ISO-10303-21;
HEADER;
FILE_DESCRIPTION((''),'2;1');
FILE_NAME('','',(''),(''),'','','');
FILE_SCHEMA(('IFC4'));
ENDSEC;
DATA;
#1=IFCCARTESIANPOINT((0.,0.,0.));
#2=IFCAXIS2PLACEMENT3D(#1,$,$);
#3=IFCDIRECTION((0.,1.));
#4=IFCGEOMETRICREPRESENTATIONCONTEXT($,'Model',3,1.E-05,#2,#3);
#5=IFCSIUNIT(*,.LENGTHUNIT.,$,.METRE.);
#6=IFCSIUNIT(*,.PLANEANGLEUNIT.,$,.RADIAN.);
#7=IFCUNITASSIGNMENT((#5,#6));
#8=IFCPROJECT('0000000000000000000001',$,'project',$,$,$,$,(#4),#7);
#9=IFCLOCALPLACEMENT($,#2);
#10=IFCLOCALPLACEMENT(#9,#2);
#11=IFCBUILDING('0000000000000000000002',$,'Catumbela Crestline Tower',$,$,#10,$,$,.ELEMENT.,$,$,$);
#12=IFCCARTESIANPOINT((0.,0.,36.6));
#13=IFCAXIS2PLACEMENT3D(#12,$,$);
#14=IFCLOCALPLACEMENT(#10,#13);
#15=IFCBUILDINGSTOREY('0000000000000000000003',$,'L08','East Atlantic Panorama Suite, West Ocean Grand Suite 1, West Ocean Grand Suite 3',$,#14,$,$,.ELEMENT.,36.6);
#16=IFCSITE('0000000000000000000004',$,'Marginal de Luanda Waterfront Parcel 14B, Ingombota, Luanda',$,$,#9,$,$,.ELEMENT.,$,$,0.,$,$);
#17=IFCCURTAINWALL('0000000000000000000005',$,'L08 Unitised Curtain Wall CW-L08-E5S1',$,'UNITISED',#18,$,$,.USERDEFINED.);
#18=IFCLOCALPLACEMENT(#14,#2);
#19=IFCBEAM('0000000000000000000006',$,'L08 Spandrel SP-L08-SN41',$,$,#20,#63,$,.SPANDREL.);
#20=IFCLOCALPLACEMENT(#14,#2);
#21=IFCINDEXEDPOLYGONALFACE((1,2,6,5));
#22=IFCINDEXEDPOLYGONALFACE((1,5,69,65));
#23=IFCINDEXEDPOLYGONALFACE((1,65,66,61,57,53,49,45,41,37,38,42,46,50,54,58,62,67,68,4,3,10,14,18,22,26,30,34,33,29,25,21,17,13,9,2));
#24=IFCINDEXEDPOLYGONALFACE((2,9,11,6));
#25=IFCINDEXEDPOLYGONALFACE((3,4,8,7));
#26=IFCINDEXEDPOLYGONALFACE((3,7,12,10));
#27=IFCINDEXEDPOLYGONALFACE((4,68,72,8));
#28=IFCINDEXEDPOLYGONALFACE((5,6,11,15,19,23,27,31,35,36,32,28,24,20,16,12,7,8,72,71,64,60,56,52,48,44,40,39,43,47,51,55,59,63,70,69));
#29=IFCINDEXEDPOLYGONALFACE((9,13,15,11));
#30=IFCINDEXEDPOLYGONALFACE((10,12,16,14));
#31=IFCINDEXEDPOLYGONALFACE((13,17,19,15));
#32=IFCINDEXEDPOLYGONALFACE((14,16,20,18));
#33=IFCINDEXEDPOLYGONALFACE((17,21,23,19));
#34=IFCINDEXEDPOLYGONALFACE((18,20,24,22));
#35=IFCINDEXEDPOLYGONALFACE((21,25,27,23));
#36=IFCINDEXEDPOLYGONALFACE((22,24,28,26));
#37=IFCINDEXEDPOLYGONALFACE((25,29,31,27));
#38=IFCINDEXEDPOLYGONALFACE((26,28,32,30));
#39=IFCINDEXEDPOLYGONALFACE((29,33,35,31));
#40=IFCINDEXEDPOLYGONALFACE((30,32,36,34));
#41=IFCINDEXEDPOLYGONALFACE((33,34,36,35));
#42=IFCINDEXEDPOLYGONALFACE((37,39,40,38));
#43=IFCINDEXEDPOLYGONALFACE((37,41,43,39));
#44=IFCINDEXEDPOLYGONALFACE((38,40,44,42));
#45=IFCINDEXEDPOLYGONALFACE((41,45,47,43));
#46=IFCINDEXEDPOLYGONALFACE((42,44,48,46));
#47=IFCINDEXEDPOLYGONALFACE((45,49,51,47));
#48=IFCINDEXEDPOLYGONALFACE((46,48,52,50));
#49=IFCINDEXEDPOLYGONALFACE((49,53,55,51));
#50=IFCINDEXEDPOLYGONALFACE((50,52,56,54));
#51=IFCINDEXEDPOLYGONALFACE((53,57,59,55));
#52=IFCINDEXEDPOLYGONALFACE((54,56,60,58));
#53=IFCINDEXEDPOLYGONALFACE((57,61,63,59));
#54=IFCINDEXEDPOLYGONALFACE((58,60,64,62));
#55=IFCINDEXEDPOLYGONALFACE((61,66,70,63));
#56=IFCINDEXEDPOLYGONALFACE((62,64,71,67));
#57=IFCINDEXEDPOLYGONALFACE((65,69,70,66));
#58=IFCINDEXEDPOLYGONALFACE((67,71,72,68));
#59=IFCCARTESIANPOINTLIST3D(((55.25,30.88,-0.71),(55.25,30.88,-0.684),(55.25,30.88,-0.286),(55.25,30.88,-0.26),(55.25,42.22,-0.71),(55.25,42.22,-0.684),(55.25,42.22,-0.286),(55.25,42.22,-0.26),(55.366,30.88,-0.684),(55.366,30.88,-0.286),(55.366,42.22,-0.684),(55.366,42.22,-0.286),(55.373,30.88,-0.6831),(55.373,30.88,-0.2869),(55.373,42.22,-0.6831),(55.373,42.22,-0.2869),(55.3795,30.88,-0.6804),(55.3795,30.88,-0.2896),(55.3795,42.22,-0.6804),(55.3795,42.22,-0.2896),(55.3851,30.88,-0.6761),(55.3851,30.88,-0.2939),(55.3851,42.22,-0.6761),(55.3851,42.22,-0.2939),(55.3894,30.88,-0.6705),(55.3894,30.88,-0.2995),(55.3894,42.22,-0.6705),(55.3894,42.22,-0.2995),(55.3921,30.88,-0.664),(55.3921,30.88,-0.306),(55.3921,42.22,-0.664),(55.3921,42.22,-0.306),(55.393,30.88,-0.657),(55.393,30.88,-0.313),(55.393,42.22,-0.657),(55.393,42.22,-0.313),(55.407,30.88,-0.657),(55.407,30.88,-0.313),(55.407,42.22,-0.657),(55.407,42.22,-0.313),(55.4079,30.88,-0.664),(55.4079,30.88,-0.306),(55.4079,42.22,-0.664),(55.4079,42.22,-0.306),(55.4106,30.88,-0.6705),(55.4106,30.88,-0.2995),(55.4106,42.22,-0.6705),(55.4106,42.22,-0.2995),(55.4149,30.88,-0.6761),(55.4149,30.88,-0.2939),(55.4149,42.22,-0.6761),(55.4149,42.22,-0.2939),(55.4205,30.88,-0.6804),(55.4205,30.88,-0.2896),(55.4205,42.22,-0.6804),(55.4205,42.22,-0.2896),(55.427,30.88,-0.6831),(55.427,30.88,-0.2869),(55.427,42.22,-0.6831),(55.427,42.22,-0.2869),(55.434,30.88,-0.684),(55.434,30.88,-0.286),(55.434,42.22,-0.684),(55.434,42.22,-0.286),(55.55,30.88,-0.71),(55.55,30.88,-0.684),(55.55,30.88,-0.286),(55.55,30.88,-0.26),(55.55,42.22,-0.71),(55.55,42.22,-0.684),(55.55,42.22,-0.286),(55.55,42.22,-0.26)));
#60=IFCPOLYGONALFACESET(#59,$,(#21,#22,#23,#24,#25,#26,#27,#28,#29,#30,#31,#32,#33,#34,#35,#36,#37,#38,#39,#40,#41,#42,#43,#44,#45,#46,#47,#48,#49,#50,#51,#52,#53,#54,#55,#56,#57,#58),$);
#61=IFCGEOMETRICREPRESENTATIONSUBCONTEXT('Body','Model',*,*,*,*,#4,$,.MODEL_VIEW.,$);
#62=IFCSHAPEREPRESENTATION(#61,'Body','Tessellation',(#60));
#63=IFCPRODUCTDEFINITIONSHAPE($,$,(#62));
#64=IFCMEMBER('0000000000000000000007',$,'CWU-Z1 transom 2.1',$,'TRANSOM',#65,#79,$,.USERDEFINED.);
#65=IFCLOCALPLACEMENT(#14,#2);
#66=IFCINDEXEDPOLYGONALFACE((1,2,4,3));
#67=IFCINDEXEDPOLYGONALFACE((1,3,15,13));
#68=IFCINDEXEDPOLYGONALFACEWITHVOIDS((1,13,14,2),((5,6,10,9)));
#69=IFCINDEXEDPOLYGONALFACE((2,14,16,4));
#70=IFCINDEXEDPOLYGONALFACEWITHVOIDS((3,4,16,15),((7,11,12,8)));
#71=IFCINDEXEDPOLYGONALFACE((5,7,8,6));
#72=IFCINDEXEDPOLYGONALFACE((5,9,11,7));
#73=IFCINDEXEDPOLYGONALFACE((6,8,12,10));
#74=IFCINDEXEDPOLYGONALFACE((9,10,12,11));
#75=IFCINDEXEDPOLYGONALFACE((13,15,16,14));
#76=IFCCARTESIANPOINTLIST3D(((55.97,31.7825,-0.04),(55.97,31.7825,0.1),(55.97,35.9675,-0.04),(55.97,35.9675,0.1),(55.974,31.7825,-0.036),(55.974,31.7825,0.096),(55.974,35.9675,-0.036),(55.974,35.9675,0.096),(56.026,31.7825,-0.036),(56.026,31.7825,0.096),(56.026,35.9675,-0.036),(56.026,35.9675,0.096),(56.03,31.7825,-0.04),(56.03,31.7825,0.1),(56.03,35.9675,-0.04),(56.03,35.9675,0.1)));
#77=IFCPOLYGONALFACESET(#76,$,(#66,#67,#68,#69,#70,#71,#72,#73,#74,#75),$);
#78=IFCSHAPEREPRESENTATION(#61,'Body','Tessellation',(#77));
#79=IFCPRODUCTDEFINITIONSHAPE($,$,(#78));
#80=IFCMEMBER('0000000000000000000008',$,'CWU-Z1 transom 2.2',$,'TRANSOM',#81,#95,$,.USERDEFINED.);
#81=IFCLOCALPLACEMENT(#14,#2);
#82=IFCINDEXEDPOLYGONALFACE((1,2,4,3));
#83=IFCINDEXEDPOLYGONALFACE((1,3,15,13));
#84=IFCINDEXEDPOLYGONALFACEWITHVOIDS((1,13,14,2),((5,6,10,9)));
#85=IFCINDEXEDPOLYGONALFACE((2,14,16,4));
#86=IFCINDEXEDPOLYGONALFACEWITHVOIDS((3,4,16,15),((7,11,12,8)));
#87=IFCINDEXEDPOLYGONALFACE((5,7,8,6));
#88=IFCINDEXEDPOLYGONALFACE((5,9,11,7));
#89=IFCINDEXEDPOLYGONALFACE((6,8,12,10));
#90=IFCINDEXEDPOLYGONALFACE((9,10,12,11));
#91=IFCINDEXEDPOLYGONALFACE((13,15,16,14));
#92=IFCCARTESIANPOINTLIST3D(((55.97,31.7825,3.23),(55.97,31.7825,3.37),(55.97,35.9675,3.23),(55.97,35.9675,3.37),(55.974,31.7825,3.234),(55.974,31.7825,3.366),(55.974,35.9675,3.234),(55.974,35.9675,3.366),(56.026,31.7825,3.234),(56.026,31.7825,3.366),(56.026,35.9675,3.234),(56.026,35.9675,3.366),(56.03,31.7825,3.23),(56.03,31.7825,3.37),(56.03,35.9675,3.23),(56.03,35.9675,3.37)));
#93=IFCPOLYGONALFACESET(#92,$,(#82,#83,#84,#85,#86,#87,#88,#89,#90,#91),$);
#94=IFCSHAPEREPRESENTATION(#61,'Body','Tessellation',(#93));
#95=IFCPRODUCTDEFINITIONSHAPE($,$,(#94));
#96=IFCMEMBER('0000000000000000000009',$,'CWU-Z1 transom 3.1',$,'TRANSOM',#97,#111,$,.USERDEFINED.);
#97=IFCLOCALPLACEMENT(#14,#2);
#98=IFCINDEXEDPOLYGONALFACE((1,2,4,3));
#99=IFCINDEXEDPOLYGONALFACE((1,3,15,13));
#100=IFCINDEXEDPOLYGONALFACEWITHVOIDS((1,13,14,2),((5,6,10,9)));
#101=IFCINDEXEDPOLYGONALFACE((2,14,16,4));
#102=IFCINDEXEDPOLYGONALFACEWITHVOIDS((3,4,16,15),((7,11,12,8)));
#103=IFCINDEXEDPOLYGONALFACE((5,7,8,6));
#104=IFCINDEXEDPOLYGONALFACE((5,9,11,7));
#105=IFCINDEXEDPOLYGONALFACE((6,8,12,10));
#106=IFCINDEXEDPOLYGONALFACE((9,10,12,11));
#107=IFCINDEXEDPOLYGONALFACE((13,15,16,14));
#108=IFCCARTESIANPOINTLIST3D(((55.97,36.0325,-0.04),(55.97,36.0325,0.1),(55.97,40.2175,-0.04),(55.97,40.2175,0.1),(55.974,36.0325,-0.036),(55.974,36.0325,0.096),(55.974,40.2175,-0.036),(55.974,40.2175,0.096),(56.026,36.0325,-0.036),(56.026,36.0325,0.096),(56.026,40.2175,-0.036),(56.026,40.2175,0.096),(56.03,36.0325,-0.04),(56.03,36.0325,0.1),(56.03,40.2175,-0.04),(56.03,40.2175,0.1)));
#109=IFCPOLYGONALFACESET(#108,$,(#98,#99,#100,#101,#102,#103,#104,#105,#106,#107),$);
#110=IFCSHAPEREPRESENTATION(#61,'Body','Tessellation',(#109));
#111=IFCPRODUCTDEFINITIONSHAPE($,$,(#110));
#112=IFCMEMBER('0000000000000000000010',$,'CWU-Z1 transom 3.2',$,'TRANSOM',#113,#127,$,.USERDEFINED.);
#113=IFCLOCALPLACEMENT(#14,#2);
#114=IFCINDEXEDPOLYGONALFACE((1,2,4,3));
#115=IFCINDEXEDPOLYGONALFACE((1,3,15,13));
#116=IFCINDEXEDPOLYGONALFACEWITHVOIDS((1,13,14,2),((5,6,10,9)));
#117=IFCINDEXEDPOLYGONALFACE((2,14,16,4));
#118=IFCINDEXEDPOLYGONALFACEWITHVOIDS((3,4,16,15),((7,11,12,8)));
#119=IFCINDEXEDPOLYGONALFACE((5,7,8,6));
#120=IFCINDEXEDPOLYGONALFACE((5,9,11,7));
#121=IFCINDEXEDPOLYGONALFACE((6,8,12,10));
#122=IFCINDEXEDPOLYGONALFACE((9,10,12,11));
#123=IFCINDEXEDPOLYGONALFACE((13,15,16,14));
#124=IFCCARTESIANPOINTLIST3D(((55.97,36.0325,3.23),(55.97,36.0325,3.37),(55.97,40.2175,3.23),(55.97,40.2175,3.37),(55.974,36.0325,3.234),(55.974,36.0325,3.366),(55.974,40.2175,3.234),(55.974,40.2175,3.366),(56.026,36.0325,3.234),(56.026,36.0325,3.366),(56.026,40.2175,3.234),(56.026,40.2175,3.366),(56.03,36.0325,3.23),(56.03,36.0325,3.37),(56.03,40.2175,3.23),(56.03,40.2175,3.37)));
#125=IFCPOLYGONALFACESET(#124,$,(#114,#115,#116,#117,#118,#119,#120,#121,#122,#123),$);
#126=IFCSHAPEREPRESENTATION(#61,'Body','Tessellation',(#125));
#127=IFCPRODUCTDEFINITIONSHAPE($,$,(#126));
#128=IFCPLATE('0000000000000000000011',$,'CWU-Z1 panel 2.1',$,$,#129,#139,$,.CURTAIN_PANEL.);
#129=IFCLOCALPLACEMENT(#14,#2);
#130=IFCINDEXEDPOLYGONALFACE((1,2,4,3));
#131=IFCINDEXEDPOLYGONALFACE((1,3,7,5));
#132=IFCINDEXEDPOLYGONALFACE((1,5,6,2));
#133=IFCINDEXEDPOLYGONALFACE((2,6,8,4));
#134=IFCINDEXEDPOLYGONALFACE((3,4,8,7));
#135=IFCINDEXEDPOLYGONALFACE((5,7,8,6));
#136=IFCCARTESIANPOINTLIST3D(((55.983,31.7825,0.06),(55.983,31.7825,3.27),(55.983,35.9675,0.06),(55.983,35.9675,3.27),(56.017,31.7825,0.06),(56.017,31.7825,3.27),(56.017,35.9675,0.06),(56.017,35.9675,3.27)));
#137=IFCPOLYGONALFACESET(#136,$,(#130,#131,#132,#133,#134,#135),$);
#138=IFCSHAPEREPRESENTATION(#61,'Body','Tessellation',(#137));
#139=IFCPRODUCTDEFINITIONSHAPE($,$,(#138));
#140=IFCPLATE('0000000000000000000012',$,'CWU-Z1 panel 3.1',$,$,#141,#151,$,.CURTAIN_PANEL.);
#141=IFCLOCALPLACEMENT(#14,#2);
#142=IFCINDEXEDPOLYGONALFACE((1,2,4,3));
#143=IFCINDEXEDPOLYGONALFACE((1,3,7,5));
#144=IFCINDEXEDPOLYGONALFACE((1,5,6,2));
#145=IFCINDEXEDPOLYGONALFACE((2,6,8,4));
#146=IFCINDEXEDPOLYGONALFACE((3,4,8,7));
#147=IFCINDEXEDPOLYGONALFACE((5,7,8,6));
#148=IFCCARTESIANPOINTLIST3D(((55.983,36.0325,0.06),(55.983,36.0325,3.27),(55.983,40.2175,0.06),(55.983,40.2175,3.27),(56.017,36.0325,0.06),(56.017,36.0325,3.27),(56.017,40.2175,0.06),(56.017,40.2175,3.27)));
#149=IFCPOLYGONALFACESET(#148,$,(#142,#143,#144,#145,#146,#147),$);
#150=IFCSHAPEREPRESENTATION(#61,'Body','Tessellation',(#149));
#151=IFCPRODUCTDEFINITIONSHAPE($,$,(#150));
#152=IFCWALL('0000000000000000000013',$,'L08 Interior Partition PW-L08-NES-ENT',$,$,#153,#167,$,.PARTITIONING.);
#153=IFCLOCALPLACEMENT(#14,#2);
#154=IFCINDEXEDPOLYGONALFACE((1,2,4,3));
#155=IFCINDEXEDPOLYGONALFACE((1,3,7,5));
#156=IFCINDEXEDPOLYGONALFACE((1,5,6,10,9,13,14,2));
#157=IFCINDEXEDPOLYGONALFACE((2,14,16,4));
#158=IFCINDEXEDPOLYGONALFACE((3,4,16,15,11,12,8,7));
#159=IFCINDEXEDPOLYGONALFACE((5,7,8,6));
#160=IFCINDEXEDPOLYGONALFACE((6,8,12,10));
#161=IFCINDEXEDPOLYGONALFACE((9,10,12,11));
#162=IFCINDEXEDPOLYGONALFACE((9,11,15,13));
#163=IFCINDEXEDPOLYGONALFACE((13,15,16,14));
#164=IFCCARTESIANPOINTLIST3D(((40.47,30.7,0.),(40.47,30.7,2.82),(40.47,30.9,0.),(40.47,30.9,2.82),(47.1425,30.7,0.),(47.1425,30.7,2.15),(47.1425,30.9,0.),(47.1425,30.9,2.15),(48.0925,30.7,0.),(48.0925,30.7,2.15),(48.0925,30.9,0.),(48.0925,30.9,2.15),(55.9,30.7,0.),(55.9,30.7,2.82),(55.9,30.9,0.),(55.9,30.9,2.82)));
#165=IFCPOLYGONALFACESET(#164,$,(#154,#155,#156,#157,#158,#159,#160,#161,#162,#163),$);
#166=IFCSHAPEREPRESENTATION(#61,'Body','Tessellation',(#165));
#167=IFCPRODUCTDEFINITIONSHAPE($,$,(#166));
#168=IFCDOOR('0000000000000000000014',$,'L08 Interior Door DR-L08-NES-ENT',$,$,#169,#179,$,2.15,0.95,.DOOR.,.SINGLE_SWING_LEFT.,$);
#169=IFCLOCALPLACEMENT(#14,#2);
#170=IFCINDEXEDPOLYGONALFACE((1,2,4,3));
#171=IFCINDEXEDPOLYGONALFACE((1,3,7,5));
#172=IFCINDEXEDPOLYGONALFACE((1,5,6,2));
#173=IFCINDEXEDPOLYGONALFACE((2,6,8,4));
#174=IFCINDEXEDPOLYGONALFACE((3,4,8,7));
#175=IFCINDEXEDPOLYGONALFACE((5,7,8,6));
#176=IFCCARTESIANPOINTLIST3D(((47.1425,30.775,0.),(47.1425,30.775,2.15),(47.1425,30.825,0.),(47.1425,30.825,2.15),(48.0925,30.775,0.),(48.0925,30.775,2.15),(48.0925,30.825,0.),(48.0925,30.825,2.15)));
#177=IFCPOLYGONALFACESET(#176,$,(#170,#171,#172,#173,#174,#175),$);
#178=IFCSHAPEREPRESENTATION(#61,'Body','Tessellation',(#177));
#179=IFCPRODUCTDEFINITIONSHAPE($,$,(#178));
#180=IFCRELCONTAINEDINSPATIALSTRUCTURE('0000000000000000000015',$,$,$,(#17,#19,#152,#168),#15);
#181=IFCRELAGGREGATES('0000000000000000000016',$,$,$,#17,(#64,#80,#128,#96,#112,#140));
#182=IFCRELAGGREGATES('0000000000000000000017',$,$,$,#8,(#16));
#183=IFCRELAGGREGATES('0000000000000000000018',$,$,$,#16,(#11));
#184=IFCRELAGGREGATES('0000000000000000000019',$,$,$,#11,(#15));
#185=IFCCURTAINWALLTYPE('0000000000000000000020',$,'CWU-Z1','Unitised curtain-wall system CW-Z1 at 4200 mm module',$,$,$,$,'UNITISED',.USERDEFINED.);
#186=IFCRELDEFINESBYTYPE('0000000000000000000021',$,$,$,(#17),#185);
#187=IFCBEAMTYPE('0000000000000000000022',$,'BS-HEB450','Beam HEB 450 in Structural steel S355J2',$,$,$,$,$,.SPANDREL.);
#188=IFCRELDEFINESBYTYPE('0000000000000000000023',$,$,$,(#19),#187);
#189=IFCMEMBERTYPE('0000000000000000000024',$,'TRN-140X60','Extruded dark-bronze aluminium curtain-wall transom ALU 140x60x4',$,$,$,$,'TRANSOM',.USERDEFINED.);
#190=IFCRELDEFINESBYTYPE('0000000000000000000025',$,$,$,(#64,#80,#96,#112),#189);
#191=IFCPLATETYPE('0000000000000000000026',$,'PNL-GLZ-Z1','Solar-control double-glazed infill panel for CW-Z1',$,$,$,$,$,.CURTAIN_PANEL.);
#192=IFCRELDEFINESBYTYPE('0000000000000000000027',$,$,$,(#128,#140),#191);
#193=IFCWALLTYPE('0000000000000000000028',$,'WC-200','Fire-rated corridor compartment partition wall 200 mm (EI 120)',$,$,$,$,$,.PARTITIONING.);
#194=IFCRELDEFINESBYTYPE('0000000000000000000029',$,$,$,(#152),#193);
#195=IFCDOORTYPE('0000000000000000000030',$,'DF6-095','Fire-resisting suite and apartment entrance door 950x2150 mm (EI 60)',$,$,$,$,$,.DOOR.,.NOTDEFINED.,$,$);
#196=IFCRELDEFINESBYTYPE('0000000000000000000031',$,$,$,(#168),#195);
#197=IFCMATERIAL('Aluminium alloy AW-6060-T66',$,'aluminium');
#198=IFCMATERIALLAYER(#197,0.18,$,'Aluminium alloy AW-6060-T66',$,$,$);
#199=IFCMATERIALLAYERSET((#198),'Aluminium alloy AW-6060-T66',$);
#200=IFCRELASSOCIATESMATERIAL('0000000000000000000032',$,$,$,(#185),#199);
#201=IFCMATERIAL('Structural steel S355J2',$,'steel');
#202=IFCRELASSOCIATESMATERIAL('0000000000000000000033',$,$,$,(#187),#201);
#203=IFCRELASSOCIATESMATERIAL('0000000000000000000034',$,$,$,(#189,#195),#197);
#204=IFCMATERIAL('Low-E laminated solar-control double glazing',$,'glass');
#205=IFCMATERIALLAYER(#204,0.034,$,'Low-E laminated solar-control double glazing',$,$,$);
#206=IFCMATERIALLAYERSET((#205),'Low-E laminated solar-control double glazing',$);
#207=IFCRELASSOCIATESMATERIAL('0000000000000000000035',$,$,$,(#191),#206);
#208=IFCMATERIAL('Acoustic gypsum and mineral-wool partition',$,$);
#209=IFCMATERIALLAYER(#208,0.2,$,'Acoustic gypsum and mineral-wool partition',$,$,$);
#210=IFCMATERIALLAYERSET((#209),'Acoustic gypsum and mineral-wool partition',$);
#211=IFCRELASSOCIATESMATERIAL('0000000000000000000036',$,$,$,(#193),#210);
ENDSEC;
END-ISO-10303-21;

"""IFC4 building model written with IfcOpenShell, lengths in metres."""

from ifc_helpers import new_model, si_unit, direction, frame, frame_2d, origin, origin_2d, place, context, subcontext, project, spatial, rectangle, hollow_rectangle, i_section, extrude, material, layer, layer_set, material_profile, profile_set, type_object, element, fill, aggregate, save


model = new_model("IFC4")

# Units and contexts
model_context = context("Model", 3, precision=1e-05, world=origin(), true_north=direction((0.0, 1.0)))
body_context = subcontext(model_context, "Body", "Model", "MODEL_VIEW")
ifc_project = project(units=[si_unit("LENGTHUNIT", "METRE"), si_unit("PLANEANGLEUNIT", "RADIAN")], contexts=[model_context])

# Site, building, storey
site_placement = place(None, origin())
site = spatial("IfcSite", under=ifc_project, at=site_placement, Name="Marginal de Luanda Waterfront Parcel 14B, Ingombota, Luanda", CompositionType="ELEMENT", RefElevation=0.0)
building_placement = place(site_placement, origin())
building = spatial("IfcBuilding", under=site, at=building_placement, Name="Catumbela Crestline Tower", CompositionType="ELEMENT")
storey_placement = place(building_placement, frame((0.0, 0.0, 36.6)))
storey = spatial("IfcBuildingStorey", under=building, at=storey_placement, Name="L08", Description="East Atlantic Panorama Suite, West Ocean Grand Suite 1, West Ocean Grand Suite 3", CompositionType="ELEMENT", Elevation=36.6)

# Shared definitions
ifc_material_1 = material(Name="Structural steel S355J2", Category="steel")

# Curtain wall
ifc_material_2 = material(Name="Aluminium alloy AW-6060-T66", Category="aluminium")
ifc_layer_1 = layer(ifc_material_2, 0.18, Name="Aluminium alloy AW-6060-T66")
ifc_layer_set_1 = layer_set([ifc_layer_1], Name="Aluminium alloy AW-6060-T66")
curtain_wall_type = type_object("IfcCurtainWallType", Name="CWU-Z1", Description="Unitised curtain-wall system CW-Z1 at 4200 mm module", ElementType="UNITISED", PredefinedType="USERDEFINED", material=ifc_layer_set_1)
curtain_wall_placement = place(storey_placement, origin())
curtain_wall = element("IfcCurtainWall", 1, at=curtain_wall_placement, inside=storey, type_object=curtain_wall_type, Name="L08 Unitised Curtain Wall CW-L08-E5S1", ObjectType="UNITISED", PredefinedType="USERDEFINED")

# Beam
ifc_material_profile_1 = material_profile(ifc_material_1, i_section(OverallWidth=0.3, OverallDepth=0.45, WebThickness=0.014, FlangeThickness=0.026, FilletRadius=0.027, at=origin_2d()), Name="HEB 450")
ifc_profile_set_1 = profile_set([ifc_material_profile_1], Name="Structural steel S355J2")
beam_type_1 = type_object("IfcBeamType", Name="BS-HEB450", Description="Beam HEB 450 in Structural steel S355J2", PredefinedType="SPANDREL", material=ifc_profile_set_1)
beam_1_placement = place(storey_placement, frame((55.4, 30.88, -0.485), z_axis=(0.0, 1.0, 0.0), x_axis=(-1.0, 0.0, 0.0)))
element("IfcBeam", 2, at=beam_1_placement, inside=storey, type_object=beam_type_1, Name="L08 Spandrel SP-L08-SN41", PredefinedType="SPANDREL", context=body_context, shape_type="SweptSolid", body=[
    extrude(i_section(OverallWidth=0.3, OverallDepth=0.45, WebThickness=0.014, FlangeThickness=0.026, FilletRadius=0.027, at=origin_2d()), origin(), (0.0, 0.0, 1.0), 11.34),
])

# Members
ifc_material_profile_2 = material_profile(ifc_material_2, hollow_rectangle(XDim=0.06, YDim=0.14, WallThickness=0.004, at=origin_2d()), Name="ALU 140x60x4")
ifc_profile_set_2 = profile_set([ifc_material_profile_2], Name="Aluminium alloy AW-6060-T66")
member_type_1 = type_object("IfcMemberType", Name="TRN-140X60", Description="Extruded dark-bronze aluminium curtain-wall transom ALU 140x60x4", ElementType="TRANSOM", PredefinedType="USERDEFINED", material=ifc_profile_set_2)
member_1_placement = place(storey_placement, frame((56.0, 31.7825, 0.03), z_axis=(0.0, 1.0, 0.0), x_axis=(-1.0, 0.0, 0.0)))
member_1 = element("IfcMember", 3, at=member_1_placement, type_object=member_type_1, Name="CWU-Z1 transom 2.1", ObjectType="TRANSOM", PredefinedType="USERDEFINED", context=body_context, shape_type="SweptSolid", body=[
    extrude(hollow_rectangle(XDim=0.06, YDim=0.14, WallThickness=0.004, at=origin_2d()), origin(), (0.0, 0.0, 1.0), 4.185),
])
member_2_placement = place(storey_placement, frame((56.0, 31.7825, 3.3), z_axis=(0.0, 1.0, 0.0), x_axis=(-1.0, 0.0, 0.0)))
member_2 = element("IfcMember", 4, at=member_2_placement, type_object=member_type_1, Name="CWU-Z1 transom 2.2", ObjectType="TRANSOM", PredefinedType="USERDEFINED", context=body_context, shape_type="SweptSolid", body=[
    extrude(hollow_rectangle(XDim=0.06, YDim=0.14, WallThickness=0.004, at=origin_2d()), origin(), (0.0, 0.0, 1.0), 4.185),
])
member_3_placement = place(storey_placement, frame((56.0, 36.0325, 0.03), z_axis=(0.0, 1.0, 0.0), x_axis=(-1.0, 0.0, 0.0)))
member_3 = element("IfcMember", 5, at=member_3_placement, type_object=member_type_1, Name="CWU-Z1 transom 3.1", ObjectType="TRANSOM", PredefinedType="USERDEFINED", context=body_context, shape_type="SweptSolid", body=[
    extrude(hollow_rectangle(XDim=0.06, YDim=0.14, WallThickness=0.004, at=origin_2d()), origin(), (0.0, 0.0, 1.0), 4.185),
])
member_4_placement = place(storey_placement, frame((56.0, 36.0325, 3.3), z_axis=(0.0, 1.0, 0.0), x_axis=(-1.0, 0.0, 0.0)))
member_4 = element("IfcMember", 6, at=member_4_placement, type_object=member_type_1, Name="CWU-Z1 transom 3.2", ObjectType="TRANSOM", PredefinedType="USERDEFINED", context=body_context, shape_type="SweptSolid", body=[
    extrude(hollow_rectangle(XDim=0.06, YDim=0.14, WallThickness=0.004, at=origin_2d()), origin(), (0.0, 0.0, 1.0), 4.185),
])

# Plates
ifc_material_3 = material(Name="Low-E laminated solar-control double glazing", Category="glass")
ifc_layer_2 = layer(ifc_material_3, 0.034, Name="Low-E laminated solar-control double glazing")
ifc_layer_set_2 = layer_set([ifc_layer_2], Name="Low-E laminated solar-control double glazing")
plate_type = type_object("IfcPlateType", Name="PNL-GLZ-Z1", Description="Solar-control double-glazed infill panel for CW-Z1", PredefinedType="CURTAIN_PANEL", material=ifc_layer_set_2)
plate_1_placement = place(storey_placement, frame((56.0, 33.875, 0.06), z_axis=(0.0, 0.0, 1.0), x_axis=(0.0, 1.0, 0.0)))
plate_1 = element("IfcPlate", 7, at=plate_1_placement, type_object=plate_type, Name="CWU-Z1 panel 2.1", PredefinedType="CURTAIN_PANEL", context=body_context, shape_type="SweptSolid", body=[
    extrude(rectangle(XDim=4.185, YDim=0.034, at=origin_2d()), origin(), (0.0, 0.0, 1.0), 3.21),
])
plate_2_placement = place(storey_placement, frame((56.0, 38.125, 0.06), z_axis=(0.0, 0.0, 1.0), x_axis=(0.0, 1.0, 0.0)))
plate_2 = element("IfcPlate", 8, at=plate_2_placement, type_object=plate_type, Name="CWU-Z1 panel 3.1", PredefinedType="CURTAIN_PANEL", context=body_context, shape_type="SweptSolid", body=[
    extrude(rectangle(XDim=4.185, YDim=0.034, at=origin_2d()), origin(), (0.0, 0.0, 1.0), 3.21),
])
aggregate(curtain_wall, [member_1, member_2, plate_1, member_3, member_4, plate_2])

# Wall, opening, door
ifc_material_4 = material(Name="Acoustic gypsum and mineral-wool partition")
ifc_layer_3 = layer(ifc_material_4, 0.2, Name="Acoustic gypsum and mineral-wool partition")
ifc_layer_set_3 = layer_set([ifc_layer_3], Name="Acoustic gypsum and mineral-wool partition")
wall_type_1 = type_object("IfcWallType", Name="WC-200", Description="Fire-rated corridor compartment partition wall 200 mm (EI 120)", PredefinedType="PARTITIONING", material=ifc_layer_set_3)
wall_1_placement = place(storey_placement, frame((40.47, 30.8, 0.0), z_axis=(0.0, 0.0, 1.0), x_axis=(1.0, 0.0, 0.0)))
wall_1 = element("IfcWall", 9, at=wall_1_placement, inside=storey, type_object=wall_type_1, Name="L08 Interior Partition PW-L08-NES-ENT", PredefinedType="PARTITIONING", context=body_context, shape_type="SweptSolid", body=[
    extrude(rectangle(XDim=15.43, YDim=0.2, at=frame_2d((7.715, 0.0))), origin(), (0.0, 0.0, 1.0), 2.82),
])
opening_1_placement = place(wall_1_placement, frame((6.6725, 0.0, 0.0)))
opening_1 = element("IfcOpeningElement", 10, at=opening_1_placement, cuts=wall_1, PredefinedType="OPENING", context=body_context, shape_type="SweptSolid", body=[
    extrude(rectangle(XDim=0.95, YDim=2.15, at=frame_2d((0.475, 1.075))), frame((0.0, 0.11, 0.0), z_axis=(0.0, -1.0, 0.0), x_axis=(1.0, 0.0, 0.0)), (0.0, 0.0, 1.0), 0.22),
])
door_type_1 = type_object("IfcDoorType", Name="DF6-095", Description="Fire-resisting suite and apartment entrance door 950x2150 mm (EI 60)", OperationType="NOTDEFINED", PredefinedType="DOOR", material=ifc_material_2)
door_1_placement = place(opening_1_placement, origin())
door_1 = element("IfcDoor", 11, at=door_1_placement, inside=storey, type_object=door_type_1, Name="L08 Interior Door DR-L08-NES-ENT", OperationType="SINGLE_SWING_LEFT", OverallHeight=2.15, OverallWidth=0.95, PredefinedType="DOOR", context=body_context, shape_type="SweptSolid", body=[
    extrude(rectangle(XDim=0.95, YDim=2.15, at=frame_2d((0.475, 1.075))), frame((0.0, 0.025, 0.0), z_axis=(0.0, -1.0, 0.0), x_axis=(1.0, 0.0, 0.0)), (0.0, 0.0, 1.0), 0.05),
])
fill(opening_1, door_1)

save(model, "model.ifc")
